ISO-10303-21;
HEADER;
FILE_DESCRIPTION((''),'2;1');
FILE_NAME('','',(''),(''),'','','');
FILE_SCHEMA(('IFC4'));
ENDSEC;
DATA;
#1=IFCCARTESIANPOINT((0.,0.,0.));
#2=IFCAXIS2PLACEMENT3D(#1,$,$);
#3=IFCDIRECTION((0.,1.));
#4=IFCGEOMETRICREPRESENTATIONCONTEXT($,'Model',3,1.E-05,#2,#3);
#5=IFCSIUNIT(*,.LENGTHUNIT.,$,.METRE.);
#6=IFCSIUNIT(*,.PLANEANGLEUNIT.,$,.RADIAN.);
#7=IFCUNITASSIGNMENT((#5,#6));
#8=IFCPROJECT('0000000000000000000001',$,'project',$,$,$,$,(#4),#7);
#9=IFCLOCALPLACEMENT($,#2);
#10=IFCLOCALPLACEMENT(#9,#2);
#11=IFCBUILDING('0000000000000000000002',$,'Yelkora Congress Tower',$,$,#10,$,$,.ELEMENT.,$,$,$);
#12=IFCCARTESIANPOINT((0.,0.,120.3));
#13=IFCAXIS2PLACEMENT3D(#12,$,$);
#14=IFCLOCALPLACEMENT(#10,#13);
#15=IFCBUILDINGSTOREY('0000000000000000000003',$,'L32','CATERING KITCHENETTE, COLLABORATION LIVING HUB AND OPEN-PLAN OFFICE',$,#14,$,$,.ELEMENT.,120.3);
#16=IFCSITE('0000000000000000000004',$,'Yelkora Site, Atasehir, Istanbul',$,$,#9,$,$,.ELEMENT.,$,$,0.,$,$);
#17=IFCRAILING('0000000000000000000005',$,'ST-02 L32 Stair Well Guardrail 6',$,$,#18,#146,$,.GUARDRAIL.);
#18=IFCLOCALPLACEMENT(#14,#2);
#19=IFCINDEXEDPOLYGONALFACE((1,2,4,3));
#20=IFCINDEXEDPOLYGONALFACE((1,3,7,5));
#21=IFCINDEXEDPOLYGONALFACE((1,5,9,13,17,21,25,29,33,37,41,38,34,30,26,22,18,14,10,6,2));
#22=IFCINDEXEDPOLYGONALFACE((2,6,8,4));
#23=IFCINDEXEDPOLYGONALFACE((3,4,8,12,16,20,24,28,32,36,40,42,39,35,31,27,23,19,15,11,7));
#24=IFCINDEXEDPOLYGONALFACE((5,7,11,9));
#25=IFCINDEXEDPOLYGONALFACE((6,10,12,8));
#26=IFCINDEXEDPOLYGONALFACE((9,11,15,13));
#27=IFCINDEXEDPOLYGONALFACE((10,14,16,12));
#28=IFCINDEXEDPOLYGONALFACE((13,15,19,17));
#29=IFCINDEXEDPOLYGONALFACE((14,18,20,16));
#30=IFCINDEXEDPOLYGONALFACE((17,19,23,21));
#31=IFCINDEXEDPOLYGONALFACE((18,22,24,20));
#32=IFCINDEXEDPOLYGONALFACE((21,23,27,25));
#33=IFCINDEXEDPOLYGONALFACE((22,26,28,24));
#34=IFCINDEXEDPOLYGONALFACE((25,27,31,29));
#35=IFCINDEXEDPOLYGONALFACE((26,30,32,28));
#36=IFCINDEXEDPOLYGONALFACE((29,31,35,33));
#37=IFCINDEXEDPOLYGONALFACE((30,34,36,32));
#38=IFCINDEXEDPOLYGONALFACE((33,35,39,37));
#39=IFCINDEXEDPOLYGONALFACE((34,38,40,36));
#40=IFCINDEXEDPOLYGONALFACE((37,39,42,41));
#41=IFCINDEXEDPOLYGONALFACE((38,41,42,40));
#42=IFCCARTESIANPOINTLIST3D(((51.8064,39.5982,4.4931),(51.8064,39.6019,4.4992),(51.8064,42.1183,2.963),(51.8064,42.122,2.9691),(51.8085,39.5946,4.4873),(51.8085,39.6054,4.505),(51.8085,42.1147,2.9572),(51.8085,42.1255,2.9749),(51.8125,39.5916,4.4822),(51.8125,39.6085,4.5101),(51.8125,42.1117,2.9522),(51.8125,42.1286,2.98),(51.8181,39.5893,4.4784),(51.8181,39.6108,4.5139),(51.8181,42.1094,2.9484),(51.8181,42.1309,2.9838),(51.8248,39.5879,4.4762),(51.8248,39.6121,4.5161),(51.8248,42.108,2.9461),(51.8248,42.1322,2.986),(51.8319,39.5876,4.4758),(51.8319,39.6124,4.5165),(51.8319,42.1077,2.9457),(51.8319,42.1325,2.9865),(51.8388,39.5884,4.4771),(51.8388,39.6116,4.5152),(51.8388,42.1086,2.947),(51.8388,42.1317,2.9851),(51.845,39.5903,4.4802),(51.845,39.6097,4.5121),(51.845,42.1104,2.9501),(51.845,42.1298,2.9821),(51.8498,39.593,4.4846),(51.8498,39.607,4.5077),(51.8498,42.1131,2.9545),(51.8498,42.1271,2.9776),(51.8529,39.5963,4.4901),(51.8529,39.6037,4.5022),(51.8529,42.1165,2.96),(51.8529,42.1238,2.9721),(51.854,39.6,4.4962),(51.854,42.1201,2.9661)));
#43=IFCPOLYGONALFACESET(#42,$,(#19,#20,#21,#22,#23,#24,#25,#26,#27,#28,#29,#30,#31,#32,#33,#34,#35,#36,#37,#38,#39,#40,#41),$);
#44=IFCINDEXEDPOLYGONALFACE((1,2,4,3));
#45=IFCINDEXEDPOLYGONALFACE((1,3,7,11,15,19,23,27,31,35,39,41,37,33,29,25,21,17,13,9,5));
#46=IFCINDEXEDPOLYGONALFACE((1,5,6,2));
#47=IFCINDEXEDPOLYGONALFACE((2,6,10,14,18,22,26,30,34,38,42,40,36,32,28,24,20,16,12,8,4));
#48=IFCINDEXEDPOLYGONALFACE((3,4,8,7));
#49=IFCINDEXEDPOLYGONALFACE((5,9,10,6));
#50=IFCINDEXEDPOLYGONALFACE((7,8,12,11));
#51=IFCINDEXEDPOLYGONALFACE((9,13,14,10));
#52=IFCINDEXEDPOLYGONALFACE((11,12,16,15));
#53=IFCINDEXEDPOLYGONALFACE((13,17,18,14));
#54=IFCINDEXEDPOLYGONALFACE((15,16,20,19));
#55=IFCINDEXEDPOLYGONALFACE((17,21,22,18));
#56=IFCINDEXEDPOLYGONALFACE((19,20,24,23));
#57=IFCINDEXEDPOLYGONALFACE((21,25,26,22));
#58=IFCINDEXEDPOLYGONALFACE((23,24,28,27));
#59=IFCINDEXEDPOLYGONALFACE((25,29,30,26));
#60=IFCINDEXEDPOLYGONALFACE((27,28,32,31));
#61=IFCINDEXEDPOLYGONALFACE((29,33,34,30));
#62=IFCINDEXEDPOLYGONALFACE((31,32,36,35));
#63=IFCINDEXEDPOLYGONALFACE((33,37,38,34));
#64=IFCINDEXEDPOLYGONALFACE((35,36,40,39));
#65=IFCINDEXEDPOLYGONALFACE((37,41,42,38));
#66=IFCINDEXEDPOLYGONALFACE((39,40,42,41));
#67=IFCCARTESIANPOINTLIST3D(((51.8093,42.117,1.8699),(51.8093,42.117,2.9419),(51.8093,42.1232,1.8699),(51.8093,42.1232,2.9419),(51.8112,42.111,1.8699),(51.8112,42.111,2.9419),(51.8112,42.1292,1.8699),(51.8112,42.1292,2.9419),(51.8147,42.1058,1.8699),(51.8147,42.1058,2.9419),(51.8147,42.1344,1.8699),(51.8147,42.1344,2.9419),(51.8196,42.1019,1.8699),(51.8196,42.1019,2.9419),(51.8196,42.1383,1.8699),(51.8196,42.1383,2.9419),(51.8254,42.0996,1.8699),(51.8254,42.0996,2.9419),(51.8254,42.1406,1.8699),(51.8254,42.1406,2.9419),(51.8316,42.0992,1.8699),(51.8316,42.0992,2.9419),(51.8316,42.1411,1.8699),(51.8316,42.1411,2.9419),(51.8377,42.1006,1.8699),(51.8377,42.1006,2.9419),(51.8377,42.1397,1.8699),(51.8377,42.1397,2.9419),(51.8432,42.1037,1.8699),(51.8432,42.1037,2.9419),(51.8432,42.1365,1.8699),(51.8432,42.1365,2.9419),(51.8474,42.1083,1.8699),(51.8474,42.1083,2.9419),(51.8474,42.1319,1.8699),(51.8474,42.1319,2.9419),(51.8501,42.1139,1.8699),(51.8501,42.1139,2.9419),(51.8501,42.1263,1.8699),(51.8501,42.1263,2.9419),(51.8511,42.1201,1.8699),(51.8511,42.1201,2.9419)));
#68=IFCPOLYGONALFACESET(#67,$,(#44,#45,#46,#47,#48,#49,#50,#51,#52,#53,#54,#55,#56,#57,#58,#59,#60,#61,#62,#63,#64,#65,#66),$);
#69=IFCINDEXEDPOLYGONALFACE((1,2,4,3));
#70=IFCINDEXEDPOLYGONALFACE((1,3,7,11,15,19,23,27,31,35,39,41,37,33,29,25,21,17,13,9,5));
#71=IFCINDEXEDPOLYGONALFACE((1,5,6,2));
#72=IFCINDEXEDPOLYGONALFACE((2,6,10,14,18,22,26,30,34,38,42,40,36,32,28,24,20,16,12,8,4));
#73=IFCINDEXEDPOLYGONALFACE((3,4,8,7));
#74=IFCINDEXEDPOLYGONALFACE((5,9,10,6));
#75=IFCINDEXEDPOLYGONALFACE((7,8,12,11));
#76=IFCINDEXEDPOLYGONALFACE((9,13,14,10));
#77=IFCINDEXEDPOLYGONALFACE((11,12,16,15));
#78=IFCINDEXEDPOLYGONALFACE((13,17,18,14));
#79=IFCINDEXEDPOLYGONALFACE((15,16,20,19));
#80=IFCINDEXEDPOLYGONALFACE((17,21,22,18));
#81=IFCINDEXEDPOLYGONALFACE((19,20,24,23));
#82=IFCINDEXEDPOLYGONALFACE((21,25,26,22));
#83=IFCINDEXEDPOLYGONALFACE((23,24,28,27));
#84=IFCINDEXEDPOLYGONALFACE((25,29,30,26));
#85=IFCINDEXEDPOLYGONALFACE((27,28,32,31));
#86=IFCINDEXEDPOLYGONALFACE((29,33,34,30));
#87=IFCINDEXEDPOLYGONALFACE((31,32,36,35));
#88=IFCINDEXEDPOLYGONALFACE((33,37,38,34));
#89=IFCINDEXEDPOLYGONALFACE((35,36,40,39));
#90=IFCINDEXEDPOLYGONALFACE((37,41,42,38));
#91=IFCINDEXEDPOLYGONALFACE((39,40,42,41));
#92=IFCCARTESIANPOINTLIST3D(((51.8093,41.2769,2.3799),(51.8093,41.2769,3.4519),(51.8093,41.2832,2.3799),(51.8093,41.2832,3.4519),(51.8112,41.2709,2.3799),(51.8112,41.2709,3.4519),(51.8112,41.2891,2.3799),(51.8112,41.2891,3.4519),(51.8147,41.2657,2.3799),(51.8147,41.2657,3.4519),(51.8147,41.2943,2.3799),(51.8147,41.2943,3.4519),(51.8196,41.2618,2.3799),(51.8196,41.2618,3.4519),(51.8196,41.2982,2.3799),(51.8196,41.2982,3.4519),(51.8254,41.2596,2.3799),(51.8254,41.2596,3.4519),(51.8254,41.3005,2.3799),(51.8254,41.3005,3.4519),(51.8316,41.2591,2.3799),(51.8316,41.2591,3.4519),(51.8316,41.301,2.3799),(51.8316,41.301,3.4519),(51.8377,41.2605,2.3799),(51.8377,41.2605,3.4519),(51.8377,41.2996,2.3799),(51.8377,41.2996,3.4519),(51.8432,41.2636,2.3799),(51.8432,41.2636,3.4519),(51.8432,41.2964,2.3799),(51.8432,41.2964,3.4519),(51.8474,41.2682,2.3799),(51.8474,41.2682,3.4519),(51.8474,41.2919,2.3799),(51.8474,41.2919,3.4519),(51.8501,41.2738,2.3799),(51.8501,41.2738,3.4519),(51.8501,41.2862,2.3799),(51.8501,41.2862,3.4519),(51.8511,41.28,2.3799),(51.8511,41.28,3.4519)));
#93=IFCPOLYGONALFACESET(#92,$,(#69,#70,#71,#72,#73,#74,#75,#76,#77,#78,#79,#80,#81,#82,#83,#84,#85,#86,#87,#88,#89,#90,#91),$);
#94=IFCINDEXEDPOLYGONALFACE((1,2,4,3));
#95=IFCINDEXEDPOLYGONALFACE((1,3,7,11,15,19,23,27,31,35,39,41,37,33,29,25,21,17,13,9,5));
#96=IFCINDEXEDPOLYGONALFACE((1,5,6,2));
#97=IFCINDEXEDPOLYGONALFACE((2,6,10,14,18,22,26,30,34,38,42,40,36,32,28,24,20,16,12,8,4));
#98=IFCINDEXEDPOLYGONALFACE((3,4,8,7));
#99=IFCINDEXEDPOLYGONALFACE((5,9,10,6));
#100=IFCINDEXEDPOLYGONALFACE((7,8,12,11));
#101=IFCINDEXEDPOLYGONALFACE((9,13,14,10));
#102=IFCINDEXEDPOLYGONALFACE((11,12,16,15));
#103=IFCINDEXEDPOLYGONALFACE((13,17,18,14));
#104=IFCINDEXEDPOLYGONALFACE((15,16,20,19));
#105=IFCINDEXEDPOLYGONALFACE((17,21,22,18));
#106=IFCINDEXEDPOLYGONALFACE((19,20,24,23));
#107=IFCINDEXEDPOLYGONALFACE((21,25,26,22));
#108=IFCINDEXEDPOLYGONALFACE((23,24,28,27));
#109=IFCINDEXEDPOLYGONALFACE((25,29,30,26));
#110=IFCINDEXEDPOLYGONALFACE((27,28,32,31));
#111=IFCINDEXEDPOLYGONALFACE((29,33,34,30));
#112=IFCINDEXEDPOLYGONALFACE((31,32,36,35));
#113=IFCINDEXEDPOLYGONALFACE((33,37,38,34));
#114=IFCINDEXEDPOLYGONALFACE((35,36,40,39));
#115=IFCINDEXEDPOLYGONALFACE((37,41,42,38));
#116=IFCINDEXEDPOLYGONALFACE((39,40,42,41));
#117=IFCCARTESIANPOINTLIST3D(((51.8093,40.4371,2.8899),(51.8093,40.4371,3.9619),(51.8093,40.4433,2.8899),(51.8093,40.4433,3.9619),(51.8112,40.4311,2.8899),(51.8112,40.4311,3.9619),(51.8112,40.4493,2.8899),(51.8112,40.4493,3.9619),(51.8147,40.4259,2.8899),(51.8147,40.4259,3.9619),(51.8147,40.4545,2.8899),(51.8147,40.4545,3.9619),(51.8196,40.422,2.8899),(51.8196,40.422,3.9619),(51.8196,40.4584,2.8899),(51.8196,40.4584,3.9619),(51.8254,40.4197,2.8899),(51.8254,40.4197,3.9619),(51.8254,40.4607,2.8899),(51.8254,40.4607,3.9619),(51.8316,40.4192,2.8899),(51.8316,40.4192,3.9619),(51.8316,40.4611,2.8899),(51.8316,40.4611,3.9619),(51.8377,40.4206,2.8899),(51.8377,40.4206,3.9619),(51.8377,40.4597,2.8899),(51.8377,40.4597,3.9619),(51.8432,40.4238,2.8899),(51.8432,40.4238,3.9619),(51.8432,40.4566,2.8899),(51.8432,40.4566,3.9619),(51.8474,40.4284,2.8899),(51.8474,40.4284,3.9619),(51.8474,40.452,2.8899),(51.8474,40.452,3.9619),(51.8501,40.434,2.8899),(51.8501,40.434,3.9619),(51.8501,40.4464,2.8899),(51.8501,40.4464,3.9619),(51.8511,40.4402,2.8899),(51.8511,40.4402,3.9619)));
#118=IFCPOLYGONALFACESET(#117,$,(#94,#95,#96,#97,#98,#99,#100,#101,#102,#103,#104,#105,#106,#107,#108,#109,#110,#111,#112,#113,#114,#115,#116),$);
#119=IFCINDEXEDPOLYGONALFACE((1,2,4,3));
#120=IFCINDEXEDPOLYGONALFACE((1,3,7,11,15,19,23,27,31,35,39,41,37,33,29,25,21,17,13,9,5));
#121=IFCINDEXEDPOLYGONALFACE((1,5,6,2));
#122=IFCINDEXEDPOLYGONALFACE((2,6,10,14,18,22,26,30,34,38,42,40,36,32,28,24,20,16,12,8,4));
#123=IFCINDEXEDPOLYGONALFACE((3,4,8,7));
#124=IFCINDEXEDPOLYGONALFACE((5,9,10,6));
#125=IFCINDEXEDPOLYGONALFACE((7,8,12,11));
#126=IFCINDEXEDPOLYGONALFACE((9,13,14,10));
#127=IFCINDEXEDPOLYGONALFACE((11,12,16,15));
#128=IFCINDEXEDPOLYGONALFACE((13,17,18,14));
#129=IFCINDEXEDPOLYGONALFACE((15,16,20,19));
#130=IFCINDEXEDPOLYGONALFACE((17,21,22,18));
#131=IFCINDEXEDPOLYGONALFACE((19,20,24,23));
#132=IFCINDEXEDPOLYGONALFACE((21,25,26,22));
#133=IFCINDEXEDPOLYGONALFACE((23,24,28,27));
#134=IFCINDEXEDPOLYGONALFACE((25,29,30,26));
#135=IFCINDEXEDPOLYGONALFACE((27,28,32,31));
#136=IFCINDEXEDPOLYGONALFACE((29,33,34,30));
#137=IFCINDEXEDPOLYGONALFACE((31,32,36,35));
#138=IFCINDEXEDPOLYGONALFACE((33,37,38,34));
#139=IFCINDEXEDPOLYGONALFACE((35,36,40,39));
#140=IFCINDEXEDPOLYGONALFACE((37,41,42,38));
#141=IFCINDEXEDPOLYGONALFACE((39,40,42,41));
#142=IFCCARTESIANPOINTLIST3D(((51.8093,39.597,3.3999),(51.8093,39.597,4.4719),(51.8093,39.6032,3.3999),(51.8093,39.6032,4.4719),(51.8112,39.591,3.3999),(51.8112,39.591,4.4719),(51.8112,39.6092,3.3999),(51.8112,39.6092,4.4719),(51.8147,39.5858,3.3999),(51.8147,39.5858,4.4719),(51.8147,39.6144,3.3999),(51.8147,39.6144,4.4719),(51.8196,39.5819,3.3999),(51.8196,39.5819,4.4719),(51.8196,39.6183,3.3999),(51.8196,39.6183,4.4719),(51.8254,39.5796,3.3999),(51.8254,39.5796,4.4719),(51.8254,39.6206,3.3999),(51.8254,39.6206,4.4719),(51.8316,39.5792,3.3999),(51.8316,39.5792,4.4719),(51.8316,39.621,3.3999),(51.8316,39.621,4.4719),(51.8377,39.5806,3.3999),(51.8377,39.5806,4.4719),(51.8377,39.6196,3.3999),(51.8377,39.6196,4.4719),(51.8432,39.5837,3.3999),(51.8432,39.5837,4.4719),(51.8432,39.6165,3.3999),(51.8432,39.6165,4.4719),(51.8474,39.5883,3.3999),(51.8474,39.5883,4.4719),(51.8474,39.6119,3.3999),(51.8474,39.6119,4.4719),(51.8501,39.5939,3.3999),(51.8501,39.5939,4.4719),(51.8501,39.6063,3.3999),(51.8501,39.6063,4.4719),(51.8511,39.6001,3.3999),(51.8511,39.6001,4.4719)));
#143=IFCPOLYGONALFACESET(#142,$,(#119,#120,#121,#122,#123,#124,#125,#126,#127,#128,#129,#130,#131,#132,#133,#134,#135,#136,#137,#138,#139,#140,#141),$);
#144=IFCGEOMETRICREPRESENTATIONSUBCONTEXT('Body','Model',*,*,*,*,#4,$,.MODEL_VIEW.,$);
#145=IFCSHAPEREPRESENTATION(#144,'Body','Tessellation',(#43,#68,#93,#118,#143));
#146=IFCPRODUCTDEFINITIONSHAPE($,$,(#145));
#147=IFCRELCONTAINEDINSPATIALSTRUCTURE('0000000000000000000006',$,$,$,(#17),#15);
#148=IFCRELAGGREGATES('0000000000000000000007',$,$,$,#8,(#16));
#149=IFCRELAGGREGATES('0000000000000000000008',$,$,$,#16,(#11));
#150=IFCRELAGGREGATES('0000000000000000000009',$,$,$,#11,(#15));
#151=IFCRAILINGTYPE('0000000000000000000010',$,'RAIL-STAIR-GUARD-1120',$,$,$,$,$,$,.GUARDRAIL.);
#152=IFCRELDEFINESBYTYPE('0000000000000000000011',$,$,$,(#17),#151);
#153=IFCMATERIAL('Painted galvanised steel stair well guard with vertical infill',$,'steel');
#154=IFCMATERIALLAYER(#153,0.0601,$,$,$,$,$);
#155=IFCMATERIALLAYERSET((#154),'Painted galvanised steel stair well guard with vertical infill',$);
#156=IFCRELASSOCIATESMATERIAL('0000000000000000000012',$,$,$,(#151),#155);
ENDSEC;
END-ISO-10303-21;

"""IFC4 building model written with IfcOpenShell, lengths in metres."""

from ifc_helpers import new_model, si_unit, direction, frame, origin, origin_2d, place, context, subcontext, project, spatial, circle, extrude, material, layer, layer_set, type_object, element, save


model = new_model("IFC4")

# Units and contexts
model_context = context("Model", 3, precision=1e-05, world=origin(), true_north=direction((0.0, 1.0)))
body_context = subcontext(model_context, "Body", "Model", "MODEL_VIEW")
ifc_project = project(units=[si_unit("LENGTHUNIT", "METRE"), si_unit("PLANEANGLEUNIT", "RADIAN")], contexts=[model_context])

# Site, building, storey
site_placement = place(None, origin())
site = spatial("IfcSite", under=ifc_project, at=site_placement, Name="Yelkora Site, Atasehir, Istanbul", CompositionType="ELEMENT", RefElevation=0.0)
building_placement = place(site_placement, origin())
building = spatial("IfcBuilding", under=site, at=building_placement, Name="Yelkora Congress Tower", CompositionType="ELEMENT")
storey_placement = place(building_placement, frame((0.0, 0.0, 120.3)))
storey = spatial("IfcBuildingStorey", under=building, at=storey_placement, Name="L32", Description="CATERING KITCHENETTE, COLLABORATION LIVING HUB AND OPEN-PLAN OFFICE", CompositionType="ELEMENT", Elevation=120.3)

# Railing
ifc_material_1 = material(Name="Painted galvanised steel stair well guard with vertical infill", Category="steel")
ifc_layer_1 = layer(ifc_material_1, 0.0601)
ifc_layer_set_1 = layer_set([ifc_layer_1], Name="Painted galvanised steel stair well guard with vertical infill")
railing_type_1 = type_object("IfcRailingType", Name="RAIL-STAIR-GUARD-1120", PredefinedType="GUARDRAIL", material=ifc_layer_set_1)
railing_1_placement = place(storey_placement, frame((51.8301, 42.1201, 1.8699)))
element("IfcRailing", 1, at=railing_1_placement, inside=storey, type_object=railing_type_1, Name="ST-02 L32 Stair Well Guardrail 6", PredefinedType="GUARDRAIL", context=body_context, shape_type="SweptSolid", body=[
    extrude(circle(Radius=0.0239, at=origin_2d()), frame((0.0, 0.0, 1.0962), z_axis=(0.0, -0.854785, 0.518982), x_axis=(1.0, 0.0, 0.0)), (0.0, 0.0, 1.0), 2.9482),
    extrude(circle(Radius=0.021, at=origin_2d()), origin(), (0.0, 0.0, 1.0), 1.072),
    extrude(circle(Radius=0.021, at=origin_2d()), frame((0.0, -0.8401, 0.51)), (0.0, 0.0, 1.0), 1.072),
    extrude(circle(Radius=0.021, at=origin_2d()), frame((0.0, -1.6799, 1.02)), (0.0, 0.0, 1.0), 1.072),
    extrude(circle(Radius=0.021, at=origin_2d()), frame((0.0, -2.52, 1.53)), (0.0, 0.0, 1.0), 1.072),
])

save(model, "model.ifc")
